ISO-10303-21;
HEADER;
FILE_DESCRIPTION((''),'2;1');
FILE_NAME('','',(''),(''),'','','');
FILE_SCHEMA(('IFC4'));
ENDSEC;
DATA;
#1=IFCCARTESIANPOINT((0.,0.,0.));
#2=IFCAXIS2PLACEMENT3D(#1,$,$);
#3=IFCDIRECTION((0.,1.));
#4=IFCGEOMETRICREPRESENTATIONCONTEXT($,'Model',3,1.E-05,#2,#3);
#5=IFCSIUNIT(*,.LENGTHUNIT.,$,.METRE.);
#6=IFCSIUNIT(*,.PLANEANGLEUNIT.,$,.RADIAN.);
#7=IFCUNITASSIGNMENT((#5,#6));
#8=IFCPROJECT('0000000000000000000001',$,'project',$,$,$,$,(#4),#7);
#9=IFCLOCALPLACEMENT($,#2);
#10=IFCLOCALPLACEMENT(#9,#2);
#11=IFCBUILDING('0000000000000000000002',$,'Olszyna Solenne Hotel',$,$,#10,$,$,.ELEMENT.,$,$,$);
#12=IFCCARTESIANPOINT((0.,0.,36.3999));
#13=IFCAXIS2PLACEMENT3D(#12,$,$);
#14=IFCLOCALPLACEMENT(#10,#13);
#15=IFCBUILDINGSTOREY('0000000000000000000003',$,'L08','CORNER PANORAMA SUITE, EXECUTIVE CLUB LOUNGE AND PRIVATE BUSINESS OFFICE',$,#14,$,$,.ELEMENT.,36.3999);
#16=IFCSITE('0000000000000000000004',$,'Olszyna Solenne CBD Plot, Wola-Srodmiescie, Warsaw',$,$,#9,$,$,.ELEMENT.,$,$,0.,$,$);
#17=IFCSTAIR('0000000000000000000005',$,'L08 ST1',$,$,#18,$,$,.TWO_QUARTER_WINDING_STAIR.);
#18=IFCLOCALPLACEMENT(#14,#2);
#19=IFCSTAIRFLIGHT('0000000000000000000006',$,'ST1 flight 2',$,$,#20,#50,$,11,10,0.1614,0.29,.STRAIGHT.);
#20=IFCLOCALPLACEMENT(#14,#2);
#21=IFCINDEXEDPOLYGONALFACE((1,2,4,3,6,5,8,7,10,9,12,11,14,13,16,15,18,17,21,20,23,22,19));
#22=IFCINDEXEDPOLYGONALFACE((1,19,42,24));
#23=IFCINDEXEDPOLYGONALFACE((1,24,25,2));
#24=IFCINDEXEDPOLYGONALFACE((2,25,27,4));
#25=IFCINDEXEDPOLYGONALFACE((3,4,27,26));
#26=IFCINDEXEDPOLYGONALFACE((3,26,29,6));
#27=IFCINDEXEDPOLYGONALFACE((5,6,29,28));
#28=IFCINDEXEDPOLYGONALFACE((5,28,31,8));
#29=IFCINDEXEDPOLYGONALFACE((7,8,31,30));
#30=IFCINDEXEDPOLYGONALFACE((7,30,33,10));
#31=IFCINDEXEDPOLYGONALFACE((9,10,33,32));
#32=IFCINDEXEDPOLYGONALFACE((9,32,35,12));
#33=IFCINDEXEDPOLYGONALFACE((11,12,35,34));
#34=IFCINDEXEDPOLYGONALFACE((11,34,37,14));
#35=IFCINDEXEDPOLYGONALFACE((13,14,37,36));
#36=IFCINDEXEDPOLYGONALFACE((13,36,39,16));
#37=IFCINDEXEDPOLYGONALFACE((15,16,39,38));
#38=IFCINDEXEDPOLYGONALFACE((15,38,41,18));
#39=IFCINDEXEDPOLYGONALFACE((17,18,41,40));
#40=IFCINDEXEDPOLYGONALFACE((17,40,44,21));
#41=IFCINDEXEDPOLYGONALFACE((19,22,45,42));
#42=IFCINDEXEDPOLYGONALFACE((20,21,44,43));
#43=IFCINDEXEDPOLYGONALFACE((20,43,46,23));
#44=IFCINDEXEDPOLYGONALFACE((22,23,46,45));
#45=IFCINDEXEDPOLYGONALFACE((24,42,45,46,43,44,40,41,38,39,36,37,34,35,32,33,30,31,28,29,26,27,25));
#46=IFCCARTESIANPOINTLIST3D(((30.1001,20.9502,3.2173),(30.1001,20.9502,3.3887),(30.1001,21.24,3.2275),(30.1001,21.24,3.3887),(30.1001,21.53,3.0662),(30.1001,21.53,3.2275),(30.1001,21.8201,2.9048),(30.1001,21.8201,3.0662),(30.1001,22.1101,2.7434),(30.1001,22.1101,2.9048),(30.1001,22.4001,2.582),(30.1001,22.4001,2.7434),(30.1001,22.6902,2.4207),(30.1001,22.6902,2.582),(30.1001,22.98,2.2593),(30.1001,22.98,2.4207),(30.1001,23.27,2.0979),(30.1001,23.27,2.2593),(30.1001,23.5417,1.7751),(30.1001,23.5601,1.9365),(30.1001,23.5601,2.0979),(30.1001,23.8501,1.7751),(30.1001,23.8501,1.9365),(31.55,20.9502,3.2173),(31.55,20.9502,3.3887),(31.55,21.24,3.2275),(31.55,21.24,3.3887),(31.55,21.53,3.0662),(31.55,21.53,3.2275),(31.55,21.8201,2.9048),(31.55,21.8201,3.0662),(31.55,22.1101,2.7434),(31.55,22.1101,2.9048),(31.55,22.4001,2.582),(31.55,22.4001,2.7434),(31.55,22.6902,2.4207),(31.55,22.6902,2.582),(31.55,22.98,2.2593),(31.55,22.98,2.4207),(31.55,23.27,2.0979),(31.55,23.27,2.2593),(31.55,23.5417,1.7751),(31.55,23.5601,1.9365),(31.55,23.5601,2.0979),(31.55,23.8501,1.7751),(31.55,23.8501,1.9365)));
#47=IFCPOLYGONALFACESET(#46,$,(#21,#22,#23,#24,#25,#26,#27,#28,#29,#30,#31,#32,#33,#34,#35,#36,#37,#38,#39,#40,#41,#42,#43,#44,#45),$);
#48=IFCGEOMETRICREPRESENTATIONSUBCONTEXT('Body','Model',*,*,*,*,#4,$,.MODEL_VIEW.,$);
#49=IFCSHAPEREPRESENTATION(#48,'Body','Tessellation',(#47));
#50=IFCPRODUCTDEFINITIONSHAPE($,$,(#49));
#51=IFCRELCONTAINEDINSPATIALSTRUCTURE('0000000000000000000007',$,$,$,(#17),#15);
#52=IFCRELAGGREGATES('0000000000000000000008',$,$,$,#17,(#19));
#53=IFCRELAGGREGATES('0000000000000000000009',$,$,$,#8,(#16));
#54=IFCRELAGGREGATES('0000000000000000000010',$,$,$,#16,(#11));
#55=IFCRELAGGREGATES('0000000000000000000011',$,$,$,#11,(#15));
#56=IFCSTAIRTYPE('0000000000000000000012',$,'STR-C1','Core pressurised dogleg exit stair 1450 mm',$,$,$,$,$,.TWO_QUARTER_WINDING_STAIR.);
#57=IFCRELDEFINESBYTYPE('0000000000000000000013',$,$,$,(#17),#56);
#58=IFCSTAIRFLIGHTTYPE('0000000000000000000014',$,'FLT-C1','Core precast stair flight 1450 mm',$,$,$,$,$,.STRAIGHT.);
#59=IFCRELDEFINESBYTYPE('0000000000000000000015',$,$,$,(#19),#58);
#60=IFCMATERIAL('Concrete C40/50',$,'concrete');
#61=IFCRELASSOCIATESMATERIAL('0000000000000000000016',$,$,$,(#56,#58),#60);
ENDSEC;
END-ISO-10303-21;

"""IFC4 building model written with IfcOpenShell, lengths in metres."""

from ifc_helpers import new_model, si_unit, direction, frame, origin, place, context, subcontext, project, spatial, polyline, outline, extrude, material, type_object, element, aggregate, save


model = new_model("IFC4")

# Units and contexts
model_context = context("Model", 3, precision=1e-05, world=origin(), true_north=direction((0.0, 1.0)))
body_context = subcontext(model_context, "Body", "Model", "MODEL_VIEW")
ifc_project = project(units=[si_unit("LENGTHUNIT", "METRE"), si_unit("PLANEANGLEUNIT", "RADIAN")], contexts=[model_context])

# Site, building, storey
site_placement = place(None, origin())
site = spatial("IfcSite", under=ifc_project, at=site_placement, Name="Olszyna Solenne CBD Plot, Wola-Srodmiescie, Warsaw", CompositionType="ELEMENT", RefElevation=0.0)
building_placement = place(site_placement, origin())
building = spatial("IfcBuilding", under=site, at=building_placement, Name="Olszyna Solenne Hotel", CompositionType="ELEMENT")
storey_placement = place(building_placement, frame((0.0, 0.0, 36.3999)))
storey = spatial("IfcBuildingStorey", under=building, at=storey_placement, Name="L08", Description="CORNER PANORAMA SUITE, EXECUTIVE CLUB LOUNGE AND PRIVATE BUSINESS OFFICE", CompositionType="ELEMENT", Elevation=36.3999)

# Stair, stair flight
ifc_material_1 = material(Name="Concrete C40/50", Category="concrete")
stair_type = type_object("IfcStairType", Name="STR-C1", Description="Core pressurised dogleg exit stair 1450 mm", PredefinedType="TWO_QUARTER_WINDING_STAIR", material=ifc_material_1)
stair_placement = place(storey_placement, origin())
stair = element("IfcStair", 1, at=stair_placement, inside=storey, type_object=stair_type, Name="L08 ST1", PredefinedType="TWO_QUARTER_WINDING_STAIR")
stair_flight_type = type_object("IfcStairFlightType", Name="FLT-C1", Description="Core precast stair flight 1450 mm", PredefinedType="STRAIGHT", material=ifc_material_1)
stair_flight_1_placement = place(storey_placement, frame((30.825, 23.8501, 1.7751), z_axis=(0.0, 0.0, 1.0), x_axis=(0.0, -1.0, 0.0)))
stair_flight_1 = element("IfcStairFlight", 2, at=stair_flight_1_placement, type_object=stair_flight_type, Name="ST1 flight 2", NumberOfRisers=11, NumberOfTreads=10, PredefinedType="STRAIGHT", RiserHeight=0.1614, TreadLength=0.29, context=body_context, shape_type="SweptSolid", body=[
    extrude(outline(polyline([(0.0, 0.0), (0.0, 0.1614), (0.29, 0.1614), (0.29, 0.3228), (0.5801, 0.3228), (0.5801, 0.4841), (0.8701, 0.4841), (0.8701, 0.6455), (1.1599, 0.6455), (1.1599, 0.8069), (1.45, 0.8069), (1.45, 0.9683), (1.74, 0.9683), (1.74, 1.1296), (2.03, 1.1296), (2.03, 1.291), (2.3201, 1.291), (2.3201, 1.4524), (2.6101, 1.4524), (2.6101, 1.6135), (2.8999, 1.6135), (2.8999, 1.7749), (2.8999, 1.4421), (0.3083, 0.0), (0.0, 0.0)])), frame((0.0, 0.7251, 0.0), z_axis=(0.0, -1.0, 0.0), x_axis=(1.0, 0.0, 0.0)), (0.0, 0.0, 1.0), 1.45),
])
aggregate(stair, [stair_flight_1])

save(model, "model.ifc")
